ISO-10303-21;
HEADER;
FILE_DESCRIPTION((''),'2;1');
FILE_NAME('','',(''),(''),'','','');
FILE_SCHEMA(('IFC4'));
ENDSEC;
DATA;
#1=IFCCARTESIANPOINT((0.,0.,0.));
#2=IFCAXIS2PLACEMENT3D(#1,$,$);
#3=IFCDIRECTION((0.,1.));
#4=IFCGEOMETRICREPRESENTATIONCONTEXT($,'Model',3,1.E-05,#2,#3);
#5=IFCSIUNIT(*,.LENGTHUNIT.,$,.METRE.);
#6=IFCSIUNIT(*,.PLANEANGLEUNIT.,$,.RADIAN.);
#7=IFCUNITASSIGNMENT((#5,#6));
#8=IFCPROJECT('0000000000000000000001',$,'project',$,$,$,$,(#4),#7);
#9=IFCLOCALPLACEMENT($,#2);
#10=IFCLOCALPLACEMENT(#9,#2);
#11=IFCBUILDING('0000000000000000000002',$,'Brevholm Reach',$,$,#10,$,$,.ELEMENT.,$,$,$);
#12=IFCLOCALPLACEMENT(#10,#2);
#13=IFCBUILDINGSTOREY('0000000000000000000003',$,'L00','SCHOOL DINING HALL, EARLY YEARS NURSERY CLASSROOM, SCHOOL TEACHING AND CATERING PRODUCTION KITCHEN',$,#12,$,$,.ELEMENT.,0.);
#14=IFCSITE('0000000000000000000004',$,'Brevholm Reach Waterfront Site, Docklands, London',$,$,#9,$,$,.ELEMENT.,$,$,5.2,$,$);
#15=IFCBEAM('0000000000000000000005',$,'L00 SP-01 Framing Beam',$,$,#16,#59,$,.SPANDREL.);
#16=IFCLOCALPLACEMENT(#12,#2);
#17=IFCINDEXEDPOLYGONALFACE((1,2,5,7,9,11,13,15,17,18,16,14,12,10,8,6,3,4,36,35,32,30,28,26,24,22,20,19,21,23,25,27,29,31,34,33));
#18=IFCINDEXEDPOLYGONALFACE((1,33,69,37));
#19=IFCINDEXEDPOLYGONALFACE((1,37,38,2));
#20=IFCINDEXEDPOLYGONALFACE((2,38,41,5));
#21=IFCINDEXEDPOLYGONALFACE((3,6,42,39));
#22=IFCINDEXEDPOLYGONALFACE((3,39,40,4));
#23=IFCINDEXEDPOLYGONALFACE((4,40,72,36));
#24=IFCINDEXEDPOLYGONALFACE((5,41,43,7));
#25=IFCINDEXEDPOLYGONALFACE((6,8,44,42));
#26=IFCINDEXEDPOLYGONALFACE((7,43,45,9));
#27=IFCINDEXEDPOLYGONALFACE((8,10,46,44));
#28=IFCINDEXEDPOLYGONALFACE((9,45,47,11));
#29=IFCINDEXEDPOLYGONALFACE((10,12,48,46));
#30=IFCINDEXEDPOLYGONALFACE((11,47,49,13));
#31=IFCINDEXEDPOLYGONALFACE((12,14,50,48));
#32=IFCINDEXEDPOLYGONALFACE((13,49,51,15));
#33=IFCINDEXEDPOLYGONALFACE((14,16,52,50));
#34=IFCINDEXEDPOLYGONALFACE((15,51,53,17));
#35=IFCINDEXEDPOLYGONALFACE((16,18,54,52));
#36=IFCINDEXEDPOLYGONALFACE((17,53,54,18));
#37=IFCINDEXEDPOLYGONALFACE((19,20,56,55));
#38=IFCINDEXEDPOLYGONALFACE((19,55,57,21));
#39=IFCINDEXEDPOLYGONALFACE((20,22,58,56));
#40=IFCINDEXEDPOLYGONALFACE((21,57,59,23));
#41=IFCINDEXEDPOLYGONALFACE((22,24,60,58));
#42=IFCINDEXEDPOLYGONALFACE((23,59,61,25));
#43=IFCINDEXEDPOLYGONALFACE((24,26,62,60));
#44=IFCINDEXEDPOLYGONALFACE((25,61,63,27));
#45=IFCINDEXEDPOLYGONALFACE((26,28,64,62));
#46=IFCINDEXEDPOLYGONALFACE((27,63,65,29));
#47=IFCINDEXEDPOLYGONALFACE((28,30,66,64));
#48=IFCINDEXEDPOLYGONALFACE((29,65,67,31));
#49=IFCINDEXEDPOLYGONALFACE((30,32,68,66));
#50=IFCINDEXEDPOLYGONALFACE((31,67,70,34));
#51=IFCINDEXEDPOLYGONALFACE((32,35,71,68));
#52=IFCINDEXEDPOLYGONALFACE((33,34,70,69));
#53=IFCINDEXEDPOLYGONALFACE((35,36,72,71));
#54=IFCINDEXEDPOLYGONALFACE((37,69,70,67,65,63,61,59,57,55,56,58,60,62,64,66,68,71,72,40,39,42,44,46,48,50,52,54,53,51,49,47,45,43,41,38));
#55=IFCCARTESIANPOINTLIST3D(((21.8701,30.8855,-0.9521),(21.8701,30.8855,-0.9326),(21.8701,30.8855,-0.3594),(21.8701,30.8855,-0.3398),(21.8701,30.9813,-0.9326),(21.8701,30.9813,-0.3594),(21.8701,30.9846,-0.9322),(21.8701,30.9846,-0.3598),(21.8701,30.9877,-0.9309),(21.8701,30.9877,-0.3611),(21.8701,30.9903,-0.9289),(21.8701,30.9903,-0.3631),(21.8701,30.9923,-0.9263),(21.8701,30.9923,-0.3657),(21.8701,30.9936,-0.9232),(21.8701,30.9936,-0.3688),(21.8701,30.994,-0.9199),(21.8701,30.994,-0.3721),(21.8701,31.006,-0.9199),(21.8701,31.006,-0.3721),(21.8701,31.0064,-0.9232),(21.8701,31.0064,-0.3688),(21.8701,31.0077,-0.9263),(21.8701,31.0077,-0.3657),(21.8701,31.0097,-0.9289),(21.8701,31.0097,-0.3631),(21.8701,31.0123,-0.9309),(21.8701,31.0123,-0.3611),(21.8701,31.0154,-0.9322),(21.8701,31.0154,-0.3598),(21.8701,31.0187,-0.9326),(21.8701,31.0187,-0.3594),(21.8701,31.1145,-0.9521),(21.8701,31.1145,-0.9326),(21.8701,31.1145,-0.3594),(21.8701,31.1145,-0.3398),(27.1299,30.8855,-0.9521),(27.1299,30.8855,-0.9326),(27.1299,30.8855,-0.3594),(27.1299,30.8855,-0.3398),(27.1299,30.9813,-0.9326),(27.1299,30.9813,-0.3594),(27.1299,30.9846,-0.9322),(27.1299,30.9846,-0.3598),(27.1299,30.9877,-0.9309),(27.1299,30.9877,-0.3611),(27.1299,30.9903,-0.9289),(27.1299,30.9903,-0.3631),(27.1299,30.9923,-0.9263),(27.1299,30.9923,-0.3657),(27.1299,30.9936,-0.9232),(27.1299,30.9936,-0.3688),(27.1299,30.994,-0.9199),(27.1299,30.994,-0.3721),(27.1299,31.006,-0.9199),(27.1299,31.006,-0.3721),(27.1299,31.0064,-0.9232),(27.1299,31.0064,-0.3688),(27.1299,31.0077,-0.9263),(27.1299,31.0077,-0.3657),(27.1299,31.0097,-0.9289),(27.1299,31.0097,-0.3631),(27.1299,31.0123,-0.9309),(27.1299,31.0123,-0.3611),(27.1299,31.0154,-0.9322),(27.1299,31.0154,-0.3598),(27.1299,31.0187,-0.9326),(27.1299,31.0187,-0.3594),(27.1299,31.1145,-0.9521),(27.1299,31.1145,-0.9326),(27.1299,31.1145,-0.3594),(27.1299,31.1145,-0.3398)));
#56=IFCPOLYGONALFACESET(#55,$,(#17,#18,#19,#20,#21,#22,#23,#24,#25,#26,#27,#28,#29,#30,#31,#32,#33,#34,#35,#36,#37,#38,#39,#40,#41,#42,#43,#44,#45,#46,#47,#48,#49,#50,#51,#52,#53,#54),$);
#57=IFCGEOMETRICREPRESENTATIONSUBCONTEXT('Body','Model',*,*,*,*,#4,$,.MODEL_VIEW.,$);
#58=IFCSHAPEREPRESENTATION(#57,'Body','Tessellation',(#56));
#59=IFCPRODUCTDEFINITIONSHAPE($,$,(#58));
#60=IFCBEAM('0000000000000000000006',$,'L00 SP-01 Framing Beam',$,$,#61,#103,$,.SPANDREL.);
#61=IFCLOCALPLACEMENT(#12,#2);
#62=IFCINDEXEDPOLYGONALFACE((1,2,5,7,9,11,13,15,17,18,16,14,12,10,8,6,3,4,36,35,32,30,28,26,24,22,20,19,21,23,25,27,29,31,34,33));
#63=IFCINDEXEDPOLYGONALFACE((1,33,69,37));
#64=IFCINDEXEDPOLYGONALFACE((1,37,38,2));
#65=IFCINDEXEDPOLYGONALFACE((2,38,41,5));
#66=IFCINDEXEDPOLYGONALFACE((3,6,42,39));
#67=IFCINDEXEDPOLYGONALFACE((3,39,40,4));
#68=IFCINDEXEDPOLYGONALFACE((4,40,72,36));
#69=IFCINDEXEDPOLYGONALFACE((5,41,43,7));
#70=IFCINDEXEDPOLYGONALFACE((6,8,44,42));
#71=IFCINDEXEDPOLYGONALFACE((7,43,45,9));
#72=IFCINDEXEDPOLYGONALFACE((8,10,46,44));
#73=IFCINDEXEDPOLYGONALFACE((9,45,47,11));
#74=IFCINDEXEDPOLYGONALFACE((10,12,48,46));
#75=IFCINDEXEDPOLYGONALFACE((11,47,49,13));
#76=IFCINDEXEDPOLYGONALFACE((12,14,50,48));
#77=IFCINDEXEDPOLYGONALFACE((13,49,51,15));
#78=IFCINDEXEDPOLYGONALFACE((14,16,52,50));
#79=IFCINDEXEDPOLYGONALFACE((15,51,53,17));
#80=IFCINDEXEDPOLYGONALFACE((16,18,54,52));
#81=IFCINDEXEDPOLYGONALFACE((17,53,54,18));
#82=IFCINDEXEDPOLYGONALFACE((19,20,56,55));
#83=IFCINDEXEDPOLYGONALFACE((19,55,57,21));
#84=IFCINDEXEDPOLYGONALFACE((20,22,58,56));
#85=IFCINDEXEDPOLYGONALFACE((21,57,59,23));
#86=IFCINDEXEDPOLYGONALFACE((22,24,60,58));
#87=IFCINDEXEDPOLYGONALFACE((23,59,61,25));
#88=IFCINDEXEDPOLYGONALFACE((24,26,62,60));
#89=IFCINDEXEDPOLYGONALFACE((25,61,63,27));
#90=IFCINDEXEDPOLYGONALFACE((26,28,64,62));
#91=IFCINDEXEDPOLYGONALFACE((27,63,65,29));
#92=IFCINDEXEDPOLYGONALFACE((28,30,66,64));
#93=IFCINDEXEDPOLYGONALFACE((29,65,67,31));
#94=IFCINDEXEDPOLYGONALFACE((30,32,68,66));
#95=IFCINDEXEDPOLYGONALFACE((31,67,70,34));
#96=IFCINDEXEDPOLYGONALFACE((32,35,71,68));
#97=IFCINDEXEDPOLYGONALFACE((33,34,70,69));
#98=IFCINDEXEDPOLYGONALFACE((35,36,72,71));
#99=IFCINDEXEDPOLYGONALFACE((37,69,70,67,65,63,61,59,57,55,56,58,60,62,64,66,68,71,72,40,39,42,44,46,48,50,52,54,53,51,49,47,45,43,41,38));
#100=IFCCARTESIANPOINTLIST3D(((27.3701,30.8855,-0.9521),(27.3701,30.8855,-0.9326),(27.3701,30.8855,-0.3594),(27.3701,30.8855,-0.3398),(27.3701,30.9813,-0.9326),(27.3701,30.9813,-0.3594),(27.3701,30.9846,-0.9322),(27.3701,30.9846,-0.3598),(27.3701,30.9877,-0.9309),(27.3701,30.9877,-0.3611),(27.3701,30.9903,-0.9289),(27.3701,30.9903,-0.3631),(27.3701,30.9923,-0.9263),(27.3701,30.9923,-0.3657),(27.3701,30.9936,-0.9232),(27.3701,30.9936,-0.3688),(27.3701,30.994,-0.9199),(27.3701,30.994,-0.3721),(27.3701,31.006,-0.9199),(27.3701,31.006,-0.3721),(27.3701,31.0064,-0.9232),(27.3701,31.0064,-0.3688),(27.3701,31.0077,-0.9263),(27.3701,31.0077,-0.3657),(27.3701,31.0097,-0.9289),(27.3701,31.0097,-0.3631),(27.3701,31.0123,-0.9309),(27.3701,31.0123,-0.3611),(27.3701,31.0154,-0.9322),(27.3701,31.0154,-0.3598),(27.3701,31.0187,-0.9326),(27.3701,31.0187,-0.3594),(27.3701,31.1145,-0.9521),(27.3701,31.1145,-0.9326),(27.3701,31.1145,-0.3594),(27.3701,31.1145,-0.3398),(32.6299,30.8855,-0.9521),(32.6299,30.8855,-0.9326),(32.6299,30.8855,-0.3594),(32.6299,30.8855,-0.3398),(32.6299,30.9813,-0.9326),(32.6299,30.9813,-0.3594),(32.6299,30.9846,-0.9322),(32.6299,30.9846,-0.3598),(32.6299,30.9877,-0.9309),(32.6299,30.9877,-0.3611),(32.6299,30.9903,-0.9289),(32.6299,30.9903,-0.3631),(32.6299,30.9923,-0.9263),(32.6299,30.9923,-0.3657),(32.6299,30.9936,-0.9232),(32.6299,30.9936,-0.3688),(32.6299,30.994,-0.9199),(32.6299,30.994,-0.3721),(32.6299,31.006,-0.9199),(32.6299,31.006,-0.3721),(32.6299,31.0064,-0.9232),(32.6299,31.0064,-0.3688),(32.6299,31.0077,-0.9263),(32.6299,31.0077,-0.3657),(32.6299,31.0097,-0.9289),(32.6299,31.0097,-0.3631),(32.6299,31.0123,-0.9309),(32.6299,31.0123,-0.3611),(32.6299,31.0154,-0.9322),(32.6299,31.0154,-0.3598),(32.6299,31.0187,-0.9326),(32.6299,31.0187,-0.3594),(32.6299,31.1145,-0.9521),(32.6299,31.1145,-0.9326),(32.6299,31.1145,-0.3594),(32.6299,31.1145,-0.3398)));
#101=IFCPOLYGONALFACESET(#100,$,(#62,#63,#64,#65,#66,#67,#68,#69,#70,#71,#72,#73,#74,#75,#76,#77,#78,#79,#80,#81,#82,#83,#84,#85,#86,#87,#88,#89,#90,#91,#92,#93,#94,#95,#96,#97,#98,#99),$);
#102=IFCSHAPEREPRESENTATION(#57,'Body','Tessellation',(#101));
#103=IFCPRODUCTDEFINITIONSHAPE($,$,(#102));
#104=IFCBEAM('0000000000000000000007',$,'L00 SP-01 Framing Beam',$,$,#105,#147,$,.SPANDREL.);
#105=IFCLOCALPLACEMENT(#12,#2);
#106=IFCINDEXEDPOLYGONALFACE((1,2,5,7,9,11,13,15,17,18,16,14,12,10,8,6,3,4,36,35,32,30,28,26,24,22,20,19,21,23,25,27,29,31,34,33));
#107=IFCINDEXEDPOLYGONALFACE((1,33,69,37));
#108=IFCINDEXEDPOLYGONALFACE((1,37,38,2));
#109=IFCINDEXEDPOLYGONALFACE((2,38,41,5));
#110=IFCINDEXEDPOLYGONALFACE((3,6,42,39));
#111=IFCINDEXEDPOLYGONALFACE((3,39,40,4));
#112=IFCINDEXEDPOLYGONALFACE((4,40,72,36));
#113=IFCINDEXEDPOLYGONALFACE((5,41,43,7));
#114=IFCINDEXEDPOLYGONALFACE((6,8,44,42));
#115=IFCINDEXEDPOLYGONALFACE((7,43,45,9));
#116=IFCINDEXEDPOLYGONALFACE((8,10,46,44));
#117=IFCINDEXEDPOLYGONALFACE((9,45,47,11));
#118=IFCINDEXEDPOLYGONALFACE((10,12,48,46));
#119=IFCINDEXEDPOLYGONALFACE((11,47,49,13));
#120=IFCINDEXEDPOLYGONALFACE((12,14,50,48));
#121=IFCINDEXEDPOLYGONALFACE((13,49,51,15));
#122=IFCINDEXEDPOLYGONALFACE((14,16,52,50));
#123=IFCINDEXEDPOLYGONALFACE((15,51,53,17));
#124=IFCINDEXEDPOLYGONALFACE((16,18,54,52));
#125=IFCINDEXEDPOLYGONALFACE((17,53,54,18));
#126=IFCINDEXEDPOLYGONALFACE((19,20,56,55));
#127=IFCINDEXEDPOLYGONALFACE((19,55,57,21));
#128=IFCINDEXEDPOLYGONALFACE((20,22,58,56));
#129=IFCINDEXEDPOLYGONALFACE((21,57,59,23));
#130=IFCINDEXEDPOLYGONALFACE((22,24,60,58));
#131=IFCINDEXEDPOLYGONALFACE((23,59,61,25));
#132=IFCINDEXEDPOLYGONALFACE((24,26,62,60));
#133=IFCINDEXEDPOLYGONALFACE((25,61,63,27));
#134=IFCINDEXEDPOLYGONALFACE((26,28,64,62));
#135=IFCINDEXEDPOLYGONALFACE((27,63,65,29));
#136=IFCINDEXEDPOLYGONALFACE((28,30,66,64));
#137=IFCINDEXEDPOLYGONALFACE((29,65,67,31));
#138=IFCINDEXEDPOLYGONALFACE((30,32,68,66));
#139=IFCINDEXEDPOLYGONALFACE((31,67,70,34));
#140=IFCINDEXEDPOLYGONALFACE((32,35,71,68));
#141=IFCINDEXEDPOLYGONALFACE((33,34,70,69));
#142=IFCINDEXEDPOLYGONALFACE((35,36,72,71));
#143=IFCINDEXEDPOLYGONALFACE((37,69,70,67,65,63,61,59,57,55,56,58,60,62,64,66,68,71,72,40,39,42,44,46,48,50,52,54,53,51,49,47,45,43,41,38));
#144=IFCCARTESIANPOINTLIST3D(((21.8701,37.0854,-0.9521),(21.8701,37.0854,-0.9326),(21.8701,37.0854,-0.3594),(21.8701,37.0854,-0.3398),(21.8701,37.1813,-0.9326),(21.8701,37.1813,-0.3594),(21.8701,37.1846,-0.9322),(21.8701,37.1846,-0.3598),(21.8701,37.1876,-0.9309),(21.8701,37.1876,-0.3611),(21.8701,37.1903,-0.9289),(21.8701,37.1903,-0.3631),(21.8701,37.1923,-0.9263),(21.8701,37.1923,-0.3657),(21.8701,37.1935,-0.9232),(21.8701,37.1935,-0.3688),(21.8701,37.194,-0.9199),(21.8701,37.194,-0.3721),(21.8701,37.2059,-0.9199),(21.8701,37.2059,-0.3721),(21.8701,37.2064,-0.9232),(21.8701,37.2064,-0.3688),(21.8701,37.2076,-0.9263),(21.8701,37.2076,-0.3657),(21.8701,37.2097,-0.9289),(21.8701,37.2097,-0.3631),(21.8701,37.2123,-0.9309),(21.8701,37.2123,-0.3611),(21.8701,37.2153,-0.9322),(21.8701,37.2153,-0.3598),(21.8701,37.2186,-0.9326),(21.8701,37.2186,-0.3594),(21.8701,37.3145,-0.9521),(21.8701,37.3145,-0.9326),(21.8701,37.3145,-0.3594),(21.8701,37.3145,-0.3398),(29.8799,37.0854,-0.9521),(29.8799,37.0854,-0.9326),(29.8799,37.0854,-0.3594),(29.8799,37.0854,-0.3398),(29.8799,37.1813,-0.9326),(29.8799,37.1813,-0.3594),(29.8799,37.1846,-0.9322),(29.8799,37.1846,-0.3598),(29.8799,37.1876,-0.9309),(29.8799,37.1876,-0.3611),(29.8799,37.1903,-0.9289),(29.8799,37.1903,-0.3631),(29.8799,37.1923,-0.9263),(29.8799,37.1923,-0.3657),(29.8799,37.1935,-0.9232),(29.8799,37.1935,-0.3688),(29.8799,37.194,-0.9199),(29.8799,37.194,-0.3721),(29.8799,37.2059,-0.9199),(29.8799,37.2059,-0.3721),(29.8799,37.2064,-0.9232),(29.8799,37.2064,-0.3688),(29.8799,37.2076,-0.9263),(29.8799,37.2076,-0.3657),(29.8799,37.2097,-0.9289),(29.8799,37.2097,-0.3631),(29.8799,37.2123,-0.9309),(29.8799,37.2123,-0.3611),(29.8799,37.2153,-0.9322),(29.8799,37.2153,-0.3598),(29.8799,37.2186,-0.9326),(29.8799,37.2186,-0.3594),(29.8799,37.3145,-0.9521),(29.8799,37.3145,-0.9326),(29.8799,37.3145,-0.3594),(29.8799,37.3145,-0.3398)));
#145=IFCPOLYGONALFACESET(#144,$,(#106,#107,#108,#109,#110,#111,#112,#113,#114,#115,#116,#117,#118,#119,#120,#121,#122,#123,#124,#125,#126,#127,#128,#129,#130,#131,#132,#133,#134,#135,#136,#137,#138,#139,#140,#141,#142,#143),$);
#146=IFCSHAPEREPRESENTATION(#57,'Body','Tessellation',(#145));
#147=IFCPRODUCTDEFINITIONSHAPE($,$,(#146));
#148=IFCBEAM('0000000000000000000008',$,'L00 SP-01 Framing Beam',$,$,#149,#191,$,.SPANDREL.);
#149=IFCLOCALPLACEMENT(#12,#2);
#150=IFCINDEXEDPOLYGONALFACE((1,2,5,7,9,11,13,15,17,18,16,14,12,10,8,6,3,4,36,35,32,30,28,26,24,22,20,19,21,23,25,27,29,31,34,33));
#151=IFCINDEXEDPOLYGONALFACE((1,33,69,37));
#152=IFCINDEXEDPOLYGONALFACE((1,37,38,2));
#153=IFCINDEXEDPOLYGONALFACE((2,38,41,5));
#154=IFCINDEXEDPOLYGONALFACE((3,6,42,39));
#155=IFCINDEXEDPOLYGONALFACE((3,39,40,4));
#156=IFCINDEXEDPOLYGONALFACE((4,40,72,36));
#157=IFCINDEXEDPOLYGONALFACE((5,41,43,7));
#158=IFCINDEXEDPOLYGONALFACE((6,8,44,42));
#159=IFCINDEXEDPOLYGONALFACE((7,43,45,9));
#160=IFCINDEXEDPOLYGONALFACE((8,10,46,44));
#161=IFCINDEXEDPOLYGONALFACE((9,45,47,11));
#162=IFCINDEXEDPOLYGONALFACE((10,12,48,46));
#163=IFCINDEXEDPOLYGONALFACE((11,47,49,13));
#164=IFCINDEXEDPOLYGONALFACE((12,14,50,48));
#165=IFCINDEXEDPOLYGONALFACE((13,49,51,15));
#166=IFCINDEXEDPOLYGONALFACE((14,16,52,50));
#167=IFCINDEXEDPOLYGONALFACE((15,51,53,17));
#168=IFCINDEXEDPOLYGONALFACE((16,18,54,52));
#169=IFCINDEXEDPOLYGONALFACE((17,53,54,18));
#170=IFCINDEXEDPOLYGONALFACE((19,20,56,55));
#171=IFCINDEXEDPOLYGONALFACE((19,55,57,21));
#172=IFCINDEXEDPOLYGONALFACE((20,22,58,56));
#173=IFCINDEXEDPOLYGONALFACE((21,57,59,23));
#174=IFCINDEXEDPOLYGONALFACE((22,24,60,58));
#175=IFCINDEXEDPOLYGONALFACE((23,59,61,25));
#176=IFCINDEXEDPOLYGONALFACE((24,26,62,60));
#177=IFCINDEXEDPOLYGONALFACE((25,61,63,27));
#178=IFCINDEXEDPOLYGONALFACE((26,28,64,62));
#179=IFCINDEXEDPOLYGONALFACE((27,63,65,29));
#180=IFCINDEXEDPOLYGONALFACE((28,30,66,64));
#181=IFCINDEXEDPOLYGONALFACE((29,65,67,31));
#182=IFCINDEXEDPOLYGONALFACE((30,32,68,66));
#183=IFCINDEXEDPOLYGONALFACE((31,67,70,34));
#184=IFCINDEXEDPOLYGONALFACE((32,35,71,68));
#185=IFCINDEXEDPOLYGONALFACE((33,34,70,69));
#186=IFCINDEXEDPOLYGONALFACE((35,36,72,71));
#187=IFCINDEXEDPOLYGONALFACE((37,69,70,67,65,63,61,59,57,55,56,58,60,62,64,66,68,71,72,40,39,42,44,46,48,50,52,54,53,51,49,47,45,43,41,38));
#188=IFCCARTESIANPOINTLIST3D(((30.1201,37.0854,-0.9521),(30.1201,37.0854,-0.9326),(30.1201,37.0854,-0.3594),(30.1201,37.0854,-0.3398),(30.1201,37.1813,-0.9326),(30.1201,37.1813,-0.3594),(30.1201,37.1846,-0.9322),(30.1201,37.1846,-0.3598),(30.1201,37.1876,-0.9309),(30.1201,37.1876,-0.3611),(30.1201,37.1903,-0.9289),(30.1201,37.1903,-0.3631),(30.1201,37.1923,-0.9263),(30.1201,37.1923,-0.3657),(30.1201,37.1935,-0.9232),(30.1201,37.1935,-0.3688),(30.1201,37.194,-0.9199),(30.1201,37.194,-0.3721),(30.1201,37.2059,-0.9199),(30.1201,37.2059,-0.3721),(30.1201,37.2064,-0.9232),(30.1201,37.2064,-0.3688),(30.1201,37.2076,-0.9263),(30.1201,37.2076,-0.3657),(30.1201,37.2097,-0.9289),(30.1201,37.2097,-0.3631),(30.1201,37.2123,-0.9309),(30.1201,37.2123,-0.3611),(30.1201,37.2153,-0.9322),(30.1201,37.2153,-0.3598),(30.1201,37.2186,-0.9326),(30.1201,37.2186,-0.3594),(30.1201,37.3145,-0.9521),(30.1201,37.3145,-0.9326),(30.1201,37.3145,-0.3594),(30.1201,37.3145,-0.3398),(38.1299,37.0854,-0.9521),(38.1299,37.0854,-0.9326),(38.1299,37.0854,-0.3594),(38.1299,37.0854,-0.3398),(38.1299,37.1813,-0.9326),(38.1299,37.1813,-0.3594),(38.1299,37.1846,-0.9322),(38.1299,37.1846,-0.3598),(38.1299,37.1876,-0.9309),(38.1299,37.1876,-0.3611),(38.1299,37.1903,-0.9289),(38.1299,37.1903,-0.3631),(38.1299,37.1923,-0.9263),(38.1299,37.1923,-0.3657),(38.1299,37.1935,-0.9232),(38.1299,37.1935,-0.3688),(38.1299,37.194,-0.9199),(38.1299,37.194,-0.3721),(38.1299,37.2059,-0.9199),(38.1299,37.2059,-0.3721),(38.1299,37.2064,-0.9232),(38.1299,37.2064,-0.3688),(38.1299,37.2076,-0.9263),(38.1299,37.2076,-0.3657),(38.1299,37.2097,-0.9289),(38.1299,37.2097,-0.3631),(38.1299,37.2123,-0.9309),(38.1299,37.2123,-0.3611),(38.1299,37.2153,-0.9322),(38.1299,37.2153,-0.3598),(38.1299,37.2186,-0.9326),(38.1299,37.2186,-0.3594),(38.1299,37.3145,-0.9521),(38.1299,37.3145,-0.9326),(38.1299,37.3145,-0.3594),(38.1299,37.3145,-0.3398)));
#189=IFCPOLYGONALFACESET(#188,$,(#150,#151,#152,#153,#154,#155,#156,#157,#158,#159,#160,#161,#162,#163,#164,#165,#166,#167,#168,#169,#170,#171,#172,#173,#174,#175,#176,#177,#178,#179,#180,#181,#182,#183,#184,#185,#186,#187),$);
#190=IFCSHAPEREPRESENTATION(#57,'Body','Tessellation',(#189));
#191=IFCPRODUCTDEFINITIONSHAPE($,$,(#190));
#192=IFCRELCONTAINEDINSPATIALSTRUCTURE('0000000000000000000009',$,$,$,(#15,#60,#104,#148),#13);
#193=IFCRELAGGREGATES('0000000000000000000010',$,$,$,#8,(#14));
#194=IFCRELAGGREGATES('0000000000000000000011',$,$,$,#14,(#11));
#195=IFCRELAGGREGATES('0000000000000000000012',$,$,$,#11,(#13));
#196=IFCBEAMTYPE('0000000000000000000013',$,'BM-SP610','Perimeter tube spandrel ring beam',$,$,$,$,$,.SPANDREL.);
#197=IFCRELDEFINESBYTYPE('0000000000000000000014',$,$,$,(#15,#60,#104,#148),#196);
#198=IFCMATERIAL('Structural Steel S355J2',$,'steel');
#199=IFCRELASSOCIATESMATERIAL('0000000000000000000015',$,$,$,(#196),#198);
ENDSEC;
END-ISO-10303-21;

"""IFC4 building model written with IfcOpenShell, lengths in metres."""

from ifc_helpers import new_model, si_unit, direction, frame, origin, origin_2d, place, context, subcontext, project, spatial, i_section, extrude, material, material_profile, profile_set, type_object, element, save


model = new_model("IFC4")

# Units and contexts
model_context = context("Model", 3, precision=1e-05, world=origin(), true_north=direction((0.0, 1.0)))
body_context = subcontext(model_context, "Body", "Model", "MODEL_VIEW")
ifc_project = project(units=[si_unit("LENGTHUNIT", "METRE"), si_unit("PLANEANGLEUNIT", "RADIAN")], contexts=[model_context])

# Site, building, storey
site_placement = place(None, origin())
site = spatial("IfcSite", under=ifc_project, at=site_placement, Name="Brevholm Reach Waterfront Site, Docklands, London", CompositionType="ELEMENT", RefElevation=5.2)
building_placement = place(site_placement, origin())
building = spatial("IfcBuilding", under=site, at=building_placement, Name="Brevholm Reach", CompositionType="ELEMENT")
storey_placement = place(building_placement, origin())
storey = spatial("IfcBuildingStorey", under=building, at=storey_placement, Name="L00", Description="SCHOOL DINING HALL, EARLY YEARS NURSERY CLASSROOM, SCHOOL TEACHING AND CATERING PRODUCTION KITCHEN", CompositionType="ELEMENT", Elevation=0.0)

# Beams
ifc_material_1 = material(Name="Structural Steel S355J2", Category="steel")
ifc_material_profile_1 = material_profile(ifc_material_1, i_section(OverallWidth=0.229, OverallDepth=0.6123, WebThickness=0.012, FlangeThickness=0.0195, FilletRadius=0.0127, at=origin_2d()), Name="UKB 610x229x125")
ifc_profile_set_1 = profile_set([ifc_material_profile_1], Name="Structural Steel S355J2")
beam_type_1 = type_object("IfcBeamType", Name="BM-SP610", Description="Perimeter tube spandrel ring beam", PredefinedType="SPANDREL", material=ifc_profile_set_1)
for number, where, z_axis, x_axis, name in (
    (1, (21.8701, 31.0, -0.646), (1.0, 0.0, 0.0), (0.0, 1.0, 0.0), "L00 SP-01 Framing Beam"),
    (2, (27.3701, 31.0, -0.646), (1.0, 0.0, 0.0), (0.0, 1.0, 0.0), "L00 SP-01 Framing Beam"),
):
    element("IfcBeam", number, at=place(storey_placement, frame(where, z_axis=z_axis, x_axis=x_axis)), inside=storey, type_object=beam_type_1, Name=name, PredefinedType="SPANDREL", context=body_context, shape_type="SweptSolid", body=[
        extrude(i_section(OverallWidth=0.229, OverallDepth=0.6123, WebThickness=0.012, FlangeThickness=0.0195, FilletRadius=0.0127, at=origin_2d()), origin(), (0.0, 0.0, 1.0), 5.2598),
    ])
for number, where, z_axis, x_axis, name in (
    (3, (21.8701, 37.2, -0.646), (1.0, 0.0, 0.0), (0.0, 1.0, 0.0), "L00 SP-01 Framing Beam"),
    (4, (30.1201, 37.2, -0.646), (1.0, 0.0, 0.0), (0.0, 1.0, 0.0), "L00 SP-01 Framing Beam"),
):
    element("IfcBeam", number, at=place(storey_placement, frame(where, z_axis=z_axis, x_axis=x_axis)), inside=storey, type_object=beam_type_1, Name=name, PredefinedType="SPANDREL", context=body_context, shape_type="SweptSolid", body=[
        extrude(i_section(OverallWidth=0.229, OverallDepth=0.6123, WebThickness=0.012, FlangeThickness=0.0195, FilletRadius=0.0127, at=origin_2d()), origin(), (0.0, 0.0, 1.0), 8.0098),
    ])

save(model, "model.ifc")
